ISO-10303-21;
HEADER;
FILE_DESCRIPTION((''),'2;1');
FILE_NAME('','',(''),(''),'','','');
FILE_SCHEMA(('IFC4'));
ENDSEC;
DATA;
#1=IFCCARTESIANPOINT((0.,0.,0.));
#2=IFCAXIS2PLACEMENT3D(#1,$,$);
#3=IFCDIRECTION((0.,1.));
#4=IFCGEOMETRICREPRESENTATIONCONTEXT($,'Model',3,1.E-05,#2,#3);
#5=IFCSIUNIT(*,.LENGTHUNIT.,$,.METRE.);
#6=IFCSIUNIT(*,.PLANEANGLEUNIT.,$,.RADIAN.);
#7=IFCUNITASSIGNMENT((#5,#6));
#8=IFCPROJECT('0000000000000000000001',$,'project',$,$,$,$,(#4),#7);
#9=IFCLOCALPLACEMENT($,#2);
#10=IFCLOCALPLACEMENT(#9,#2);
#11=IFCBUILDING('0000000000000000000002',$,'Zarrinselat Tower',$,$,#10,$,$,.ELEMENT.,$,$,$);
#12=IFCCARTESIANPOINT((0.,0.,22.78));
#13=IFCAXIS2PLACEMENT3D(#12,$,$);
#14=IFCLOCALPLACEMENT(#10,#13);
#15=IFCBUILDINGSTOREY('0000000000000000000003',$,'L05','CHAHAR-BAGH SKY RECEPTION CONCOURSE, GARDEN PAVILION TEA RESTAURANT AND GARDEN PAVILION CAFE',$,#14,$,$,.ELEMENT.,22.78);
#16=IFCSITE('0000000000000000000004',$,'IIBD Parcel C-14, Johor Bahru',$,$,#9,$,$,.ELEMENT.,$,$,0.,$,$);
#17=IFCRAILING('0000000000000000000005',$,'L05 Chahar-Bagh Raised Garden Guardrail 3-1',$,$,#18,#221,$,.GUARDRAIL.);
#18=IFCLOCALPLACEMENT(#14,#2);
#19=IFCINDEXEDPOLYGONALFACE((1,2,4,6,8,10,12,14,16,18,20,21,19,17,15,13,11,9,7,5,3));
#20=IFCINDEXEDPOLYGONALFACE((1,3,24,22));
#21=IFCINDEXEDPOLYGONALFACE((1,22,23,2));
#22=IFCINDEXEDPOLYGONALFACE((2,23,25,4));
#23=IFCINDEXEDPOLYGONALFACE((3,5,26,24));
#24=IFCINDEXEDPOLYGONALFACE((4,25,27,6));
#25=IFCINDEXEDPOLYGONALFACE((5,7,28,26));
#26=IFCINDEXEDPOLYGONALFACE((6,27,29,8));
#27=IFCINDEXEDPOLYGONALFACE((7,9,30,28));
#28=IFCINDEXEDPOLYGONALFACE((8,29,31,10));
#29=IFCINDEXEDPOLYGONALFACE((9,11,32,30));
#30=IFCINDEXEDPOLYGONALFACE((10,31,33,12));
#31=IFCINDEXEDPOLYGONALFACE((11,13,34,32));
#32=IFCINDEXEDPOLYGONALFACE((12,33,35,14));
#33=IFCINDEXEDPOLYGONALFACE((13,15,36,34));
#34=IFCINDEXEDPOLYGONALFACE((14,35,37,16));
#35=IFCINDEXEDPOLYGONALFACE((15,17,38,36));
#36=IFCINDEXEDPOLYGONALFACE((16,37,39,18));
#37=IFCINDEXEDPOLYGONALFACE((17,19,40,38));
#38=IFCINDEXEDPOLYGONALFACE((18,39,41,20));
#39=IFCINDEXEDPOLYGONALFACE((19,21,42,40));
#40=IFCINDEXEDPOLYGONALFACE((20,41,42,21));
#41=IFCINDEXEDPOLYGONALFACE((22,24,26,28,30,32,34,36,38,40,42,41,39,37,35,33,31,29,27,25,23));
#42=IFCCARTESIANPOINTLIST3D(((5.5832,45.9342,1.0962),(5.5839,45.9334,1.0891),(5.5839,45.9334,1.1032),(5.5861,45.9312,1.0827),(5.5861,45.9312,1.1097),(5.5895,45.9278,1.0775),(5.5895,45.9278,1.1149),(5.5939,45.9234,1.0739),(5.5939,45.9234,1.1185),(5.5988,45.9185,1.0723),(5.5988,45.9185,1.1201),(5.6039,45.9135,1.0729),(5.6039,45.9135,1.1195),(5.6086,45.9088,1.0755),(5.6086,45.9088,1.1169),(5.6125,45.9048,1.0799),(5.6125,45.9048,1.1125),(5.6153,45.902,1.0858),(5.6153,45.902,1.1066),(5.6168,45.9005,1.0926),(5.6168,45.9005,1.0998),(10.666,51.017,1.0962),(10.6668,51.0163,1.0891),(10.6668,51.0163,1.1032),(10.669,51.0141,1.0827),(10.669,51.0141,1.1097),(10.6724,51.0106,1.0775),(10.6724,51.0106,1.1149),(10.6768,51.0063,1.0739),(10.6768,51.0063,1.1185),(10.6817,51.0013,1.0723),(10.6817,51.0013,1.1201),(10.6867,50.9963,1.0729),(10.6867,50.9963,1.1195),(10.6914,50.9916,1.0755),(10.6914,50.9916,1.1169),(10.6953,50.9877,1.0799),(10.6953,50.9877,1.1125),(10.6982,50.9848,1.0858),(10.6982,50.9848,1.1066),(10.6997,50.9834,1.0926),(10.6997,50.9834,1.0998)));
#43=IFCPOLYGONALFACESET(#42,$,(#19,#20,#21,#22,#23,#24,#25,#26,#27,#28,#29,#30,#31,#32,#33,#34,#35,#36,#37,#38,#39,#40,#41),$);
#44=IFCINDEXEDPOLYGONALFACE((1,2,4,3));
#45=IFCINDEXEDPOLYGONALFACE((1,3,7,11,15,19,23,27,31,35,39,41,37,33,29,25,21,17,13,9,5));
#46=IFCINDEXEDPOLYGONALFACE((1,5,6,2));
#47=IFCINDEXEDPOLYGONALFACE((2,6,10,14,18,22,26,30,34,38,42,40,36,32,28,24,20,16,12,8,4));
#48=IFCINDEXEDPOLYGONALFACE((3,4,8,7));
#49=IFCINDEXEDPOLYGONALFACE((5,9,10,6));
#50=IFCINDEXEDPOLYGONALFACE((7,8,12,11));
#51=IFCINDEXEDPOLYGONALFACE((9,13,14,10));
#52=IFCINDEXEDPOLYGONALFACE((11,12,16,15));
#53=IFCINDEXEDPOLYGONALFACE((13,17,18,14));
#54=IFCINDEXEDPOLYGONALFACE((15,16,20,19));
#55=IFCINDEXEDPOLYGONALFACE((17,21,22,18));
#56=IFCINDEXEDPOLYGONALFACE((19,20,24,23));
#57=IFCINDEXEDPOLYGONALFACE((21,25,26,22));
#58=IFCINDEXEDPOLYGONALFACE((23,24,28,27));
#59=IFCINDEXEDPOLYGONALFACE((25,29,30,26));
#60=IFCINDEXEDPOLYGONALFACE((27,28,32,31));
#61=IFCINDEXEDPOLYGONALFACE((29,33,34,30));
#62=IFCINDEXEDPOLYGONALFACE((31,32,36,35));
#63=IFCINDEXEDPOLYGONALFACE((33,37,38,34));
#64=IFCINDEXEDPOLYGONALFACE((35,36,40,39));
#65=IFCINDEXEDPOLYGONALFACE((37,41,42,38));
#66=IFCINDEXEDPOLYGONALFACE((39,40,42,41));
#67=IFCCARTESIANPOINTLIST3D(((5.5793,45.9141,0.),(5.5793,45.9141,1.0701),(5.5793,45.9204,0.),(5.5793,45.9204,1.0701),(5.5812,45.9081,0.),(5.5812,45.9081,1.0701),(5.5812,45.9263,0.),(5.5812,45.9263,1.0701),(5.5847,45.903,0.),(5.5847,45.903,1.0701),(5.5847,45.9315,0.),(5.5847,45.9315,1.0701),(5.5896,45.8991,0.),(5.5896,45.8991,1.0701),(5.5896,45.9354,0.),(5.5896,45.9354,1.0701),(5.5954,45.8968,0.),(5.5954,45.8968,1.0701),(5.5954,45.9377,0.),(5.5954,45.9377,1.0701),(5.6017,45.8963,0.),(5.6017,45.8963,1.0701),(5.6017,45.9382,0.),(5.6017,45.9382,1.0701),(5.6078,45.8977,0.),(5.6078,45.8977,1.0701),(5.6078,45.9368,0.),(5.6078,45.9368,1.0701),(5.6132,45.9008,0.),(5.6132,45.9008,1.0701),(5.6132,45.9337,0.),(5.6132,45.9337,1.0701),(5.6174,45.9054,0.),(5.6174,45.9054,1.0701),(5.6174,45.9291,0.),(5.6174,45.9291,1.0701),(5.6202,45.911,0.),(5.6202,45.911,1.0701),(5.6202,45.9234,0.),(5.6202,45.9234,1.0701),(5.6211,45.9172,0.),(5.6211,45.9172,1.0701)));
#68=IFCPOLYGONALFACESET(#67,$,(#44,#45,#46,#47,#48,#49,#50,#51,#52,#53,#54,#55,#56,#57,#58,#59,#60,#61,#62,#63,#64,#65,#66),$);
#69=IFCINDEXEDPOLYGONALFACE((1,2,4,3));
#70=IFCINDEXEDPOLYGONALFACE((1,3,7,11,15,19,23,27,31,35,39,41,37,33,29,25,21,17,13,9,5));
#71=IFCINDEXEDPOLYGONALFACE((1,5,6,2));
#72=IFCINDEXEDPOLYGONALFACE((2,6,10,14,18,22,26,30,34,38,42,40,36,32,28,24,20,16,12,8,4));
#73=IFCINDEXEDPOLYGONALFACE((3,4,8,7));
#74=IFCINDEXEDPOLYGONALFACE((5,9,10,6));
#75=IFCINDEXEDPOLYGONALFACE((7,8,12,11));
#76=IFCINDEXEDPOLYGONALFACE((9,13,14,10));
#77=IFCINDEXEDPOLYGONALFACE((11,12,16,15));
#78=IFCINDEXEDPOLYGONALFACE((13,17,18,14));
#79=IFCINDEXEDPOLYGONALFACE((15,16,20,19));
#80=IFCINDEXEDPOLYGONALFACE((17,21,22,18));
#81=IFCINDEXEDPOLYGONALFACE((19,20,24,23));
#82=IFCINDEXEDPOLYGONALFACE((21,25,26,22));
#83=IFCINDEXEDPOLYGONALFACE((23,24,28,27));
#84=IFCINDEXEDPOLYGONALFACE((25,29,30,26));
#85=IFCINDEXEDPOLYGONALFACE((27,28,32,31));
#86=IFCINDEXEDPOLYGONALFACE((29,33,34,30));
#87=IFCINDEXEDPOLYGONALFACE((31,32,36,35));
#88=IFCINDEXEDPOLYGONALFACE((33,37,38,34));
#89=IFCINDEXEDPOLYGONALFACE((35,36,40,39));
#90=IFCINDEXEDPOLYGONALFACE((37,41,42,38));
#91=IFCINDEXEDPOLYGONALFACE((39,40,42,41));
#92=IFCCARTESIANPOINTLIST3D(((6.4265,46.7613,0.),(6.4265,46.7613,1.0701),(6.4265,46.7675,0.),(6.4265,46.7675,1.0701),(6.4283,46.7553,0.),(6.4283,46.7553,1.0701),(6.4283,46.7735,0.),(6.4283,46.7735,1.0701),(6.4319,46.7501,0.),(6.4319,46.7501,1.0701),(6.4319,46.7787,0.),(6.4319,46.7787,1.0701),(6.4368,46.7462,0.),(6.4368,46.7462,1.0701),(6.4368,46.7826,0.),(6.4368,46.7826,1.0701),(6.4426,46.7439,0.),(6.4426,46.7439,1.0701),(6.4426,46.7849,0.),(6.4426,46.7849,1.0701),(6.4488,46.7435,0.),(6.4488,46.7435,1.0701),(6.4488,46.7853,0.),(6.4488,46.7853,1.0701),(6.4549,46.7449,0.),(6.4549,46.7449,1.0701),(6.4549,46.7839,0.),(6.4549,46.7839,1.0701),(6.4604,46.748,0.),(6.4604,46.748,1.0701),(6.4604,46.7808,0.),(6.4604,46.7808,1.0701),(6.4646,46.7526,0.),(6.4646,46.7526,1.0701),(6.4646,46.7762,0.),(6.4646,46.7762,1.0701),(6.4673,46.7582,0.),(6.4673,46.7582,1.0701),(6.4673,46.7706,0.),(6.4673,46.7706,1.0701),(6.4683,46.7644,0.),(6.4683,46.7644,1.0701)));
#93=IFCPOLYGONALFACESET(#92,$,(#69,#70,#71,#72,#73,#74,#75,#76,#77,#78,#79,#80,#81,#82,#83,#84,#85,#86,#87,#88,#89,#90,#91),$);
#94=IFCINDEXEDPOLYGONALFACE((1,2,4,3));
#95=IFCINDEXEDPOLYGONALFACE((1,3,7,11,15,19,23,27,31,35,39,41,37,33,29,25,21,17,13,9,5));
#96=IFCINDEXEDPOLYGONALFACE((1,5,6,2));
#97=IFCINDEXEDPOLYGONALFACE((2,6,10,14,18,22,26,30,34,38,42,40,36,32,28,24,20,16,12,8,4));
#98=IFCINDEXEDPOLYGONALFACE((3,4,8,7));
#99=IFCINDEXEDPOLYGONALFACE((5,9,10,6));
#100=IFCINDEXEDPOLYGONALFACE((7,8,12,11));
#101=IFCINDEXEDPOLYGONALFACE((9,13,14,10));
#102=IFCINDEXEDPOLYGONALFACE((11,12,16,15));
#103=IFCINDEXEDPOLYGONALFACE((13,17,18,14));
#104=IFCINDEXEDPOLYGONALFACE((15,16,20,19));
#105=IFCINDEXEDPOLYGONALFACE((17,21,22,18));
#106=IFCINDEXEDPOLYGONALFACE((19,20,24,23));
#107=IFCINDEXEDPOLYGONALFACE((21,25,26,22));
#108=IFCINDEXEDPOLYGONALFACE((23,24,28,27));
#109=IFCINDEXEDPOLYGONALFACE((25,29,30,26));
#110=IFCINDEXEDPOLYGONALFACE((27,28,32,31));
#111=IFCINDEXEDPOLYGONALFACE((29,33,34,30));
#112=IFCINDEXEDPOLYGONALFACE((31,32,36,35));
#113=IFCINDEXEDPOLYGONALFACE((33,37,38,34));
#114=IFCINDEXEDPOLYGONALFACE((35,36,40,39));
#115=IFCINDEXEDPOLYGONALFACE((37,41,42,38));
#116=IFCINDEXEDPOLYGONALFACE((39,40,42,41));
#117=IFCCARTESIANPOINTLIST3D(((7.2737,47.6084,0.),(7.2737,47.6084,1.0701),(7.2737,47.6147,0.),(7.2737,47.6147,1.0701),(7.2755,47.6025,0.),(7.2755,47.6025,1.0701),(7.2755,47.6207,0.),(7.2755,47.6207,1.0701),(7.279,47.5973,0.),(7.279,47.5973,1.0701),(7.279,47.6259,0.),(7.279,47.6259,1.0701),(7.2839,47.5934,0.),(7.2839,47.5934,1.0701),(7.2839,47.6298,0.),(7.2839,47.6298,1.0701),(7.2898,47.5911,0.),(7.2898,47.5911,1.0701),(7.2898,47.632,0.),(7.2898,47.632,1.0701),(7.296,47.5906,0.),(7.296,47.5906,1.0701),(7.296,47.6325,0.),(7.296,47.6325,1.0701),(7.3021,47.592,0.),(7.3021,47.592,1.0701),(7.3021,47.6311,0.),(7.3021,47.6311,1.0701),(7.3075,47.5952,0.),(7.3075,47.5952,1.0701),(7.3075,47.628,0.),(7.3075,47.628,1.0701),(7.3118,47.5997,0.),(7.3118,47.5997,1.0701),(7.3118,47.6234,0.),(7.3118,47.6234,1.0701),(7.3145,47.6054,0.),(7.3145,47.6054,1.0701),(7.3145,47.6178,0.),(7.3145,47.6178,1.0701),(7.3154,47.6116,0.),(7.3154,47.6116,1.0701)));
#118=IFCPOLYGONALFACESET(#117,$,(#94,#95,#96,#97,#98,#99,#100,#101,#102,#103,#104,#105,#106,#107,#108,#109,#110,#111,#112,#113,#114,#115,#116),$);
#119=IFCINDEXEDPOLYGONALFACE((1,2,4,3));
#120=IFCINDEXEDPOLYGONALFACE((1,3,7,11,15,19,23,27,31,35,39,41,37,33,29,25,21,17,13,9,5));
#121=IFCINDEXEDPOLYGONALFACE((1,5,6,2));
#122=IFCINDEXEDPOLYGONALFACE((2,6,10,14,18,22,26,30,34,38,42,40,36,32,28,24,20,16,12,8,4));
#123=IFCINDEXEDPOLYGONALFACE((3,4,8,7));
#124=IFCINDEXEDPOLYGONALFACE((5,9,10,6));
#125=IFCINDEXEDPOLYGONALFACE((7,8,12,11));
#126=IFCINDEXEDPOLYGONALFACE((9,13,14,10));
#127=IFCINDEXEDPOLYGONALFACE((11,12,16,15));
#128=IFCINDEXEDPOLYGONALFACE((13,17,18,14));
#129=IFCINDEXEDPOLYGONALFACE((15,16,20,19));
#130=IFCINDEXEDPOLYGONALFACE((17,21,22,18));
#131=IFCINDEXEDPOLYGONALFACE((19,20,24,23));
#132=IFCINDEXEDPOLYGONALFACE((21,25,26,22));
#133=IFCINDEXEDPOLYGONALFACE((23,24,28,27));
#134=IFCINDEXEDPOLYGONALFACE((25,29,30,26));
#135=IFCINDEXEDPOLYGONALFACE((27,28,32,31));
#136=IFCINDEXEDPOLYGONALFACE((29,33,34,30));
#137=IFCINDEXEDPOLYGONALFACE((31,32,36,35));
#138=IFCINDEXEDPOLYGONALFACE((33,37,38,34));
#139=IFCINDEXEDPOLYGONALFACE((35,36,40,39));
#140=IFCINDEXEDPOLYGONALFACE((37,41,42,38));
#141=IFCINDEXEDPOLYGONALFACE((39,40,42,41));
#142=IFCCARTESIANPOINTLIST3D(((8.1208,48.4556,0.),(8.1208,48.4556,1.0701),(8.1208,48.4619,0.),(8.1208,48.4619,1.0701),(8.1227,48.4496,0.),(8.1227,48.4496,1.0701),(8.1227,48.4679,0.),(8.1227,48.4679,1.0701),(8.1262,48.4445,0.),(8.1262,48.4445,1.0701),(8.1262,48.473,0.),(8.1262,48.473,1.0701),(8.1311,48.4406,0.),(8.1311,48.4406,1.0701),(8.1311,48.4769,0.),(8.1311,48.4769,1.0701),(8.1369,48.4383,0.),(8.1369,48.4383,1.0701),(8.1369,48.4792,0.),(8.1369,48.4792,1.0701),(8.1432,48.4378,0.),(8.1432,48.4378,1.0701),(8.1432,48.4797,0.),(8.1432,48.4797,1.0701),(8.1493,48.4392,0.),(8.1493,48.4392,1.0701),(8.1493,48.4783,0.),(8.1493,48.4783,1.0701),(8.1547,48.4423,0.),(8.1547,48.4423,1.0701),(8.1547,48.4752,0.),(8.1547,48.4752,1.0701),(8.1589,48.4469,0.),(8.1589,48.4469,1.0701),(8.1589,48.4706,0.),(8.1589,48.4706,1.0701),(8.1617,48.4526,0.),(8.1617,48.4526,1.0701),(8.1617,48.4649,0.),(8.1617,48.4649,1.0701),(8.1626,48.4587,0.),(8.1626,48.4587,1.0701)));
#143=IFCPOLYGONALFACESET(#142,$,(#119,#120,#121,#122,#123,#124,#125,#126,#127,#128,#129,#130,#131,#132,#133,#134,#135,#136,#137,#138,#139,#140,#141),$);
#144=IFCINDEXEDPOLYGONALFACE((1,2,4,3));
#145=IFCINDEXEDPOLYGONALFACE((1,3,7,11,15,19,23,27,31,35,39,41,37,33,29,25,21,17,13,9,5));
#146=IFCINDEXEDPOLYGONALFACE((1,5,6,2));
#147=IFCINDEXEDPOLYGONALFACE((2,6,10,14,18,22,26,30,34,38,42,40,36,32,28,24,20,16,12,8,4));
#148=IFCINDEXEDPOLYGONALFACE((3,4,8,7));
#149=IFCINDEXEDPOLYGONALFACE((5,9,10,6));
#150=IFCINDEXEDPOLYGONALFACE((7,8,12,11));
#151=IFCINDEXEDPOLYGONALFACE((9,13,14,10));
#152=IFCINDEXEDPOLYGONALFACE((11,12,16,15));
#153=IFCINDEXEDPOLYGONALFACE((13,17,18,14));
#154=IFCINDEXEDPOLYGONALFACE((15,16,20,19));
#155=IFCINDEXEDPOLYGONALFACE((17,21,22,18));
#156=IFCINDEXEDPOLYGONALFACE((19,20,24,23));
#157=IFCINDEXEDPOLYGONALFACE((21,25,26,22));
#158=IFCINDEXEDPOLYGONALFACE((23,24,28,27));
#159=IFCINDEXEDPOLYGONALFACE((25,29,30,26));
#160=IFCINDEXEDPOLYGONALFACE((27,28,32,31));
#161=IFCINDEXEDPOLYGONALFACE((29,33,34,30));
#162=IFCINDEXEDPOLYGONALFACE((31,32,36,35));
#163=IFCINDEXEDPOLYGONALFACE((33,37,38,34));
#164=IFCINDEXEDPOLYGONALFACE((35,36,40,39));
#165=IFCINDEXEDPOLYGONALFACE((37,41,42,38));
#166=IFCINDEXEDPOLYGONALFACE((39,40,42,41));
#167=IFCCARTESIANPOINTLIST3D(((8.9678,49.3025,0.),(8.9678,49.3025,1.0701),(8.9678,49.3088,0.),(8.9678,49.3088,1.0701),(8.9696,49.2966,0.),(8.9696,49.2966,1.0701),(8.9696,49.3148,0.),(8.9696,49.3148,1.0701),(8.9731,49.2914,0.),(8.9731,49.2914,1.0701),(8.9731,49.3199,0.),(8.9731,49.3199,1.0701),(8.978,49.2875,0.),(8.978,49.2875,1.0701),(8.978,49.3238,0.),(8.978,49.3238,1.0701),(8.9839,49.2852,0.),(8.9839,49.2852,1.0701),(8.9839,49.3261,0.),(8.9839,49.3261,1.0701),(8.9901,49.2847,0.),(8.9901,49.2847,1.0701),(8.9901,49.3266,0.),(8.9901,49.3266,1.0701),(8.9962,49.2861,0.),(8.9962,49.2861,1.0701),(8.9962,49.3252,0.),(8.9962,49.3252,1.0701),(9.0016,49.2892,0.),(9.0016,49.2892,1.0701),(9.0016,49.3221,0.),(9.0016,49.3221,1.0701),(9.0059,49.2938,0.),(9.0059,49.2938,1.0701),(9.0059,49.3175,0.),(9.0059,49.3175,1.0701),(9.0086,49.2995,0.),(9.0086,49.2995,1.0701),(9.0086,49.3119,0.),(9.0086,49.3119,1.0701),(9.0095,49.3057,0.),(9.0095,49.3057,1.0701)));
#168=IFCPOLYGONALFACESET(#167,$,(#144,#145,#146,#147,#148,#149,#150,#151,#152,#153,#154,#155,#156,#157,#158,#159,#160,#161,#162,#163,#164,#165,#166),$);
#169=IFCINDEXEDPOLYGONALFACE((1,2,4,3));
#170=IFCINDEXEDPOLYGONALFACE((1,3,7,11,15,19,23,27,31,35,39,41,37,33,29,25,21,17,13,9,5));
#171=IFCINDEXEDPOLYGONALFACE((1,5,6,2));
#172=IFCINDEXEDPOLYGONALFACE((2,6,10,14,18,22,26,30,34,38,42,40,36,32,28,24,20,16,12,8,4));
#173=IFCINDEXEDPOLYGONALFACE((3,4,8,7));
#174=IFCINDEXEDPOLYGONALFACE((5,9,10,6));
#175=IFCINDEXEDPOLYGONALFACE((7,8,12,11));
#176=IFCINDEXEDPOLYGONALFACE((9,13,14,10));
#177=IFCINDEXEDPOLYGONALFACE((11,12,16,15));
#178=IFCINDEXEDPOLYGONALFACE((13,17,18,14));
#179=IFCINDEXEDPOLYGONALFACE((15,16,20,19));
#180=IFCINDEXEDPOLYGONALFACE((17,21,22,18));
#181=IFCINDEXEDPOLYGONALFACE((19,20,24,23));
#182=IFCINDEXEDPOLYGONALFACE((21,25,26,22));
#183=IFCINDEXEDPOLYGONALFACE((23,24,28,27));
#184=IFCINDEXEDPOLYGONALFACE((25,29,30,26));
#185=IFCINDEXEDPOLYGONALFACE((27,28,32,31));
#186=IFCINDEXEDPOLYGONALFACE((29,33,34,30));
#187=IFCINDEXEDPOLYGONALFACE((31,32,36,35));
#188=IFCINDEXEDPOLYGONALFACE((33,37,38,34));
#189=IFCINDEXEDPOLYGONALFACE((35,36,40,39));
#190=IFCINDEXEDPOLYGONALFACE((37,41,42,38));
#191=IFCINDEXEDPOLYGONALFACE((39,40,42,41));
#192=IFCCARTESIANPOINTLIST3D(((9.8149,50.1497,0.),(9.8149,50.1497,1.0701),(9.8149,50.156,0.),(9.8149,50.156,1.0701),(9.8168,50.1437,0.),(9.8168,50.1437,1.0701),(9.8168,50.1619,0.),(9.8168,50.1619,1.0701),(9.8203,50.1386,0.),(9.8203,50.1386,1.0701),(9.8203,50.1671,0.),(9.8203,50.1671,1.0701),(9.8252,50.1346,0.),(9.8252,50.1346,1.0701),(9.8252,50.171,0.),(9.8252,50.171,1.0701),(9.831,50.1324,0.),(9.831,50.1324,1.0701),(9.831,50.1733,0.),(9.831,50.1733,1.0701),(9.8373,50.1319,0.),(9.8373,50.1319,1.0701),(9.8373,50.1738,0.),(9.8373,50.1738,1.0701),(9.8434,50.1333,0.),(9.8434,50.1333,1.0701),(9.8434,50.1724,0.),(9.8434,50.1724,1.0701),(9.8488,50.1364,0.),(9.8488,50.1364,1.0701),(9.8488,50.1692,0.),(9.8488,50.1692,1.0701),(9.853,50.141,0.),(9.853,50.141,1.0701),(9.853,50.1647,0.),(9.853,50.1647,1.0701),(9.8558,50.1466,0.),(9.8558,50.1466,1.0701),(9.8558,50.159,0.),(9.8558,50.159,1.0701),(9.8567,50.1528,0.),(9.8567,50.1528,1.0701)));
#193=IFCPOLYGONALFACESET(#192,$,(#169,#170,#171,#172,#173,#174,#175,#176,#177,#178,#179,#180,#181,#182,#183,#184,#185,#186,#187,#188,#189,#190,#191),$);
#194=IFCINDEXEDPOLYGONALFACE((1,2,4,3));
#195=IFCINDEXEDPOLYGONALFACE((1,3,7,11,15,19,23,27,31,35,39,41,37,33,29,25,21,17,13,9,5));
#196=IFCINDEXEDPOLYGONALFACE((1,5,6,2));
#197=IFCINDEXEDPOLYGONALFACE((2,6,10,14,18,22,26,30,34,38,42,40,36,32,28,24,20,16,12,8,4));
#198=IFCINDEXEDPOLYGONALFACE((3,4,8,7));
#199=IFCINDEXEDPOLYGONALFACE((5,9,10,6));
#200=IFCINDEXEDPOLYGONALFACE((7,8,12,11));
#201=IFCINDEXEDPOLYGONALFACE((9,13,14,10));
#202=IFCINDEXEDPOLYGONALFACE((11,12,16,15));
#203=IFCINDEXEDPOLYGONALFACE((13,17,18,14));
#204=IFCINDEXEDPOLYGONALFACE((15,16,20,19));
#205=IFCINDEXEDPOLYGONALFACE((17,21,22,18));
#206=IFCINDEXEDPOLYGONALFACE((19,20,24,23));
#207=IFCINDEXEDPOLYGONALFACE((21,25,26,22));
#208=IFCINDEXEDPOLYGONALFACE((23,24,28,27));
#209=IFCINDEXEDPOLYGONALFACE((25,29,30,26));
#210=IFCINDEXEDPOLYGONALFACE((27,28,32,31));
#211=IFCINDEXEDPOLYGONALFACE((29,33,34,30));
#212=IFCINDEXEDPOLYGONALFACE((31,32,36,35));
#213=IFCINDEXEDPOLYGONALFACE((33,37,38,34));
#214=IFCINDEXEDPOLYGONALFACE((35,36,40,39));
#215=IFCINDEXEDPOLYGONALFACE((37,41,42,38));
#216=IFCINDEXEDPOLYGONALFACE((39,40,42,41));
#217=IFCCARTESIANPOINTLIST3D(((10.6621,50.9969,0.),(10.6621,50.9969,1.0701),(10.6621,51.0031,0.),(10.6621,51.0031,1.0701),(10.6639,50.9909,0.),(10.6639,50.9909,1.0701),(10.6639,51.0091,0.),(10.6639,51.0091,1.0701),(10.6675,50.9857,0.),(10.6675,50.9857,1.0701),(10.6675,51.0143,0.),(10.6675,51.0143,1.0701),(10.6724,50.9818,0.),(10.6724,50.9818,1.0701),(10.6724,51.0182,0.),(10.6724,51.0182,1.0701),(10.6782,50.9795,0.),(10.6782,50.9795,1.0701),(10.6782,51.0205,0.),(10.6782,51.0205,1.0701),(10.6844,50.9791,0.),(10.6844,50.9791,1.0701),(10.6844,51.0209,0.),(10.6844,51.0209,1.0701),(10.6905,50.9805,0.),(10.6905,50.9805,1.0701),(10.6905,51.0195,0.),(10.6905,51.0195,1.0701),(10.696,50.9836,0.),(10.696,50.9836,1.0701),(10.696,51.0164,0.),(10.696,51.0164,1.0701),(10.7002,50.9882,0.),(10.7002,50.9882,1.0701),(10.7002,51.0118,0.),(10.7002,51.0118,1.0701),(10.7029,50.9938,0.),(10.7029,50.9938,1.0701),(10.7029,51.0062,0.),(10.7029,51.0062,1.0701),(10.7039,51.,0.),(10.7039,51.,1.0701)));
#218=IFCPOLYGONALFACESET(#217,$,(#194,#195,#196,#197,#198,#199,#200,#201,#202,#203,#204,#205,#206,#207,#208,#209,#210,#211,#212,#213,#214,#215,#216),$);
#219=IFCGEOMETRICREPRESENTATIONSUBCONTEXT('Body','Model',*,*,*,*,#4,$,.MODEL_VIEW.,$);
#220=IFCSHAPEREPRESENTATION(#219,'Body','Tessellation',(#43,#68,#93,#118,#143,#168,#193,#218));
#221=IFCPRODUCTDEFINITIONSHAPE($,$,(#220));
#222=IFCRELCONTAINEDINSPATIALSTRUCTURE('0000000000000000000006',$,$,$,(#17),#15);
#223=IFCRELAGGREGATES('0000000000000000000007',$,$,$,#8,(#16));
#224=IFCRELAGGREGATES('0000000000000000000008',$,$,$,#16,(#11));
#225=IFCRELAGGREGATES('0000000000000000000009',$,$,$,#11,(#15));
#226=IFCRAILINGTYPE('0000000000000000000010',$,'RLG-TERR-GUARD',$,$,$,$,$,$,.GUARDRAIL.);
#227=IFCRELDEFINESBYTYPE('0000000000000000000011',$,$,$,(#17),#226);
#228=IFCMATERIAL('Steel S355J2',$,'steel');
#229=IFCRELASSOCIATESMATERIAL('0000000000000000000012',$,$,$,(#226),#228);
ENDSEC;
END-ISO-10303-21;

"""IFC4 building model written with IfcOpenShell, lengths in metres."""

from ifc_helpers import new_model, si_unit, direction, frame, origin, origin_2d, place, context, subcontext, project, spatial, circle, extrude, material, type_object, element, save


model = new_model("IFC4")

# Units and contexts
model_context = context("Model", 3, precision=1e-05, world=origin(), true_north=direction((0.0, 1.0)))
body_context = subcontext(model_context, "Body", "Model", "MODEL_VIEW")
ifc_project = project(units=[si_unit("LENGTHUNIT", "METRE"), si_unit("PLANEANGLEUNIT", "RADIAN")], contexts=[model_context])

# Site, building, storey
site_placement = place(None, origin())
site = spatial("IfcSite", under=ifc_project, at=site_placement, Name="IIBD Parcel C-14, Johor Bahru", CompositionType="ELEMENT", RefElevation=0.0)
building_placement = place(site_placement, origin())
building = spatial("IfcBuilding", under=site, at=building_placement, Name="Zarrinselat Tower", CompositionType="ELEMENT")
storey_placement = place(building_placement, frame((0.0, 0.0, 22.78)))
storey = spatial("IfcBuildingStorey", under=building, at=storey_placement, Name="L05", Description="CHAHAR-BAGH SKY RECEPTION CONCOURSE, GARDEN PAVILION TEA RESTAURANT AND GARDEN PAVILION CAFE", CompositionType="ELEMENT", Elevation=22.78)

# Railing
ifc_material_1 = material(Name="Steel S355J2", Category="steel")
railing_type_1 = type_object("IfcRailingType", Name="RLG-TERR-GUARD", PredefinedType="GUARDRAIL", material=ifc_material_1)
railing_1_placement = place(storey_placement, frame((5.6001, 45.9172, 0.0)))
element("IfcRailing", 1, at=railing_1_placement, inside=storey, type_object=railing_type_1, Name="L05 Chahar-Bagh Raised Garden Guardrail 3-1", PredefinedType="GUARDRAIL", context=body_context, shape_type="SweptSolid", body=[
    extrude(circle(Radius=0.0239, at=origin_2d()), frame((0.0, 0.0, 1.0962), z_axis=(0.707107, 0.707107, 0.0), x_axis=(-0.707107, 0.707107, 0.0)), (0.0, 0.0, 1.0), 7.1882),
    extrude(circle(Radius=0.021, at=origin_2d()), origin(), (0.0, 0.0, 1.0), 1.0701),
    extrude(circle(Radius=0.021, at=origin_2d()), frame((0.8472, 0.8472, 0.0)), (0.0, 0.0, 1.0), 1.0701),
    extrude(circle(Radius=0.021, at=origin_2d()), frame((1.6943, 1.6943, 0.0)), (0.0, 0.0, 1.0), 1.0701),
    extrude(circle(Radius=0.021, at=origin_2d()), frame((2.5415, 2.5415, 0.0)), (0.0, 0.0, 1.0), 1.0701),
    extrude(circle(Radius=0.021, at=origin_2d()), frame((3.3884, 3.3884, 0.0)), (0.0, 0.0, 1.0), 1.0701),
    extrude(circle(Radius=0.021, at=origin_2d()), frame((4.2356, 4.2356, 0.0)), (0.0, 0.0, 1.0), 1.0701),
    extrude(circle(Radius=0.021, at=origin_2d()), frame((5.0828, 5.0828, 0.0)), (0.0, 0.0, 1.0), 1.0701),
])

save(model, "model.ifc")
